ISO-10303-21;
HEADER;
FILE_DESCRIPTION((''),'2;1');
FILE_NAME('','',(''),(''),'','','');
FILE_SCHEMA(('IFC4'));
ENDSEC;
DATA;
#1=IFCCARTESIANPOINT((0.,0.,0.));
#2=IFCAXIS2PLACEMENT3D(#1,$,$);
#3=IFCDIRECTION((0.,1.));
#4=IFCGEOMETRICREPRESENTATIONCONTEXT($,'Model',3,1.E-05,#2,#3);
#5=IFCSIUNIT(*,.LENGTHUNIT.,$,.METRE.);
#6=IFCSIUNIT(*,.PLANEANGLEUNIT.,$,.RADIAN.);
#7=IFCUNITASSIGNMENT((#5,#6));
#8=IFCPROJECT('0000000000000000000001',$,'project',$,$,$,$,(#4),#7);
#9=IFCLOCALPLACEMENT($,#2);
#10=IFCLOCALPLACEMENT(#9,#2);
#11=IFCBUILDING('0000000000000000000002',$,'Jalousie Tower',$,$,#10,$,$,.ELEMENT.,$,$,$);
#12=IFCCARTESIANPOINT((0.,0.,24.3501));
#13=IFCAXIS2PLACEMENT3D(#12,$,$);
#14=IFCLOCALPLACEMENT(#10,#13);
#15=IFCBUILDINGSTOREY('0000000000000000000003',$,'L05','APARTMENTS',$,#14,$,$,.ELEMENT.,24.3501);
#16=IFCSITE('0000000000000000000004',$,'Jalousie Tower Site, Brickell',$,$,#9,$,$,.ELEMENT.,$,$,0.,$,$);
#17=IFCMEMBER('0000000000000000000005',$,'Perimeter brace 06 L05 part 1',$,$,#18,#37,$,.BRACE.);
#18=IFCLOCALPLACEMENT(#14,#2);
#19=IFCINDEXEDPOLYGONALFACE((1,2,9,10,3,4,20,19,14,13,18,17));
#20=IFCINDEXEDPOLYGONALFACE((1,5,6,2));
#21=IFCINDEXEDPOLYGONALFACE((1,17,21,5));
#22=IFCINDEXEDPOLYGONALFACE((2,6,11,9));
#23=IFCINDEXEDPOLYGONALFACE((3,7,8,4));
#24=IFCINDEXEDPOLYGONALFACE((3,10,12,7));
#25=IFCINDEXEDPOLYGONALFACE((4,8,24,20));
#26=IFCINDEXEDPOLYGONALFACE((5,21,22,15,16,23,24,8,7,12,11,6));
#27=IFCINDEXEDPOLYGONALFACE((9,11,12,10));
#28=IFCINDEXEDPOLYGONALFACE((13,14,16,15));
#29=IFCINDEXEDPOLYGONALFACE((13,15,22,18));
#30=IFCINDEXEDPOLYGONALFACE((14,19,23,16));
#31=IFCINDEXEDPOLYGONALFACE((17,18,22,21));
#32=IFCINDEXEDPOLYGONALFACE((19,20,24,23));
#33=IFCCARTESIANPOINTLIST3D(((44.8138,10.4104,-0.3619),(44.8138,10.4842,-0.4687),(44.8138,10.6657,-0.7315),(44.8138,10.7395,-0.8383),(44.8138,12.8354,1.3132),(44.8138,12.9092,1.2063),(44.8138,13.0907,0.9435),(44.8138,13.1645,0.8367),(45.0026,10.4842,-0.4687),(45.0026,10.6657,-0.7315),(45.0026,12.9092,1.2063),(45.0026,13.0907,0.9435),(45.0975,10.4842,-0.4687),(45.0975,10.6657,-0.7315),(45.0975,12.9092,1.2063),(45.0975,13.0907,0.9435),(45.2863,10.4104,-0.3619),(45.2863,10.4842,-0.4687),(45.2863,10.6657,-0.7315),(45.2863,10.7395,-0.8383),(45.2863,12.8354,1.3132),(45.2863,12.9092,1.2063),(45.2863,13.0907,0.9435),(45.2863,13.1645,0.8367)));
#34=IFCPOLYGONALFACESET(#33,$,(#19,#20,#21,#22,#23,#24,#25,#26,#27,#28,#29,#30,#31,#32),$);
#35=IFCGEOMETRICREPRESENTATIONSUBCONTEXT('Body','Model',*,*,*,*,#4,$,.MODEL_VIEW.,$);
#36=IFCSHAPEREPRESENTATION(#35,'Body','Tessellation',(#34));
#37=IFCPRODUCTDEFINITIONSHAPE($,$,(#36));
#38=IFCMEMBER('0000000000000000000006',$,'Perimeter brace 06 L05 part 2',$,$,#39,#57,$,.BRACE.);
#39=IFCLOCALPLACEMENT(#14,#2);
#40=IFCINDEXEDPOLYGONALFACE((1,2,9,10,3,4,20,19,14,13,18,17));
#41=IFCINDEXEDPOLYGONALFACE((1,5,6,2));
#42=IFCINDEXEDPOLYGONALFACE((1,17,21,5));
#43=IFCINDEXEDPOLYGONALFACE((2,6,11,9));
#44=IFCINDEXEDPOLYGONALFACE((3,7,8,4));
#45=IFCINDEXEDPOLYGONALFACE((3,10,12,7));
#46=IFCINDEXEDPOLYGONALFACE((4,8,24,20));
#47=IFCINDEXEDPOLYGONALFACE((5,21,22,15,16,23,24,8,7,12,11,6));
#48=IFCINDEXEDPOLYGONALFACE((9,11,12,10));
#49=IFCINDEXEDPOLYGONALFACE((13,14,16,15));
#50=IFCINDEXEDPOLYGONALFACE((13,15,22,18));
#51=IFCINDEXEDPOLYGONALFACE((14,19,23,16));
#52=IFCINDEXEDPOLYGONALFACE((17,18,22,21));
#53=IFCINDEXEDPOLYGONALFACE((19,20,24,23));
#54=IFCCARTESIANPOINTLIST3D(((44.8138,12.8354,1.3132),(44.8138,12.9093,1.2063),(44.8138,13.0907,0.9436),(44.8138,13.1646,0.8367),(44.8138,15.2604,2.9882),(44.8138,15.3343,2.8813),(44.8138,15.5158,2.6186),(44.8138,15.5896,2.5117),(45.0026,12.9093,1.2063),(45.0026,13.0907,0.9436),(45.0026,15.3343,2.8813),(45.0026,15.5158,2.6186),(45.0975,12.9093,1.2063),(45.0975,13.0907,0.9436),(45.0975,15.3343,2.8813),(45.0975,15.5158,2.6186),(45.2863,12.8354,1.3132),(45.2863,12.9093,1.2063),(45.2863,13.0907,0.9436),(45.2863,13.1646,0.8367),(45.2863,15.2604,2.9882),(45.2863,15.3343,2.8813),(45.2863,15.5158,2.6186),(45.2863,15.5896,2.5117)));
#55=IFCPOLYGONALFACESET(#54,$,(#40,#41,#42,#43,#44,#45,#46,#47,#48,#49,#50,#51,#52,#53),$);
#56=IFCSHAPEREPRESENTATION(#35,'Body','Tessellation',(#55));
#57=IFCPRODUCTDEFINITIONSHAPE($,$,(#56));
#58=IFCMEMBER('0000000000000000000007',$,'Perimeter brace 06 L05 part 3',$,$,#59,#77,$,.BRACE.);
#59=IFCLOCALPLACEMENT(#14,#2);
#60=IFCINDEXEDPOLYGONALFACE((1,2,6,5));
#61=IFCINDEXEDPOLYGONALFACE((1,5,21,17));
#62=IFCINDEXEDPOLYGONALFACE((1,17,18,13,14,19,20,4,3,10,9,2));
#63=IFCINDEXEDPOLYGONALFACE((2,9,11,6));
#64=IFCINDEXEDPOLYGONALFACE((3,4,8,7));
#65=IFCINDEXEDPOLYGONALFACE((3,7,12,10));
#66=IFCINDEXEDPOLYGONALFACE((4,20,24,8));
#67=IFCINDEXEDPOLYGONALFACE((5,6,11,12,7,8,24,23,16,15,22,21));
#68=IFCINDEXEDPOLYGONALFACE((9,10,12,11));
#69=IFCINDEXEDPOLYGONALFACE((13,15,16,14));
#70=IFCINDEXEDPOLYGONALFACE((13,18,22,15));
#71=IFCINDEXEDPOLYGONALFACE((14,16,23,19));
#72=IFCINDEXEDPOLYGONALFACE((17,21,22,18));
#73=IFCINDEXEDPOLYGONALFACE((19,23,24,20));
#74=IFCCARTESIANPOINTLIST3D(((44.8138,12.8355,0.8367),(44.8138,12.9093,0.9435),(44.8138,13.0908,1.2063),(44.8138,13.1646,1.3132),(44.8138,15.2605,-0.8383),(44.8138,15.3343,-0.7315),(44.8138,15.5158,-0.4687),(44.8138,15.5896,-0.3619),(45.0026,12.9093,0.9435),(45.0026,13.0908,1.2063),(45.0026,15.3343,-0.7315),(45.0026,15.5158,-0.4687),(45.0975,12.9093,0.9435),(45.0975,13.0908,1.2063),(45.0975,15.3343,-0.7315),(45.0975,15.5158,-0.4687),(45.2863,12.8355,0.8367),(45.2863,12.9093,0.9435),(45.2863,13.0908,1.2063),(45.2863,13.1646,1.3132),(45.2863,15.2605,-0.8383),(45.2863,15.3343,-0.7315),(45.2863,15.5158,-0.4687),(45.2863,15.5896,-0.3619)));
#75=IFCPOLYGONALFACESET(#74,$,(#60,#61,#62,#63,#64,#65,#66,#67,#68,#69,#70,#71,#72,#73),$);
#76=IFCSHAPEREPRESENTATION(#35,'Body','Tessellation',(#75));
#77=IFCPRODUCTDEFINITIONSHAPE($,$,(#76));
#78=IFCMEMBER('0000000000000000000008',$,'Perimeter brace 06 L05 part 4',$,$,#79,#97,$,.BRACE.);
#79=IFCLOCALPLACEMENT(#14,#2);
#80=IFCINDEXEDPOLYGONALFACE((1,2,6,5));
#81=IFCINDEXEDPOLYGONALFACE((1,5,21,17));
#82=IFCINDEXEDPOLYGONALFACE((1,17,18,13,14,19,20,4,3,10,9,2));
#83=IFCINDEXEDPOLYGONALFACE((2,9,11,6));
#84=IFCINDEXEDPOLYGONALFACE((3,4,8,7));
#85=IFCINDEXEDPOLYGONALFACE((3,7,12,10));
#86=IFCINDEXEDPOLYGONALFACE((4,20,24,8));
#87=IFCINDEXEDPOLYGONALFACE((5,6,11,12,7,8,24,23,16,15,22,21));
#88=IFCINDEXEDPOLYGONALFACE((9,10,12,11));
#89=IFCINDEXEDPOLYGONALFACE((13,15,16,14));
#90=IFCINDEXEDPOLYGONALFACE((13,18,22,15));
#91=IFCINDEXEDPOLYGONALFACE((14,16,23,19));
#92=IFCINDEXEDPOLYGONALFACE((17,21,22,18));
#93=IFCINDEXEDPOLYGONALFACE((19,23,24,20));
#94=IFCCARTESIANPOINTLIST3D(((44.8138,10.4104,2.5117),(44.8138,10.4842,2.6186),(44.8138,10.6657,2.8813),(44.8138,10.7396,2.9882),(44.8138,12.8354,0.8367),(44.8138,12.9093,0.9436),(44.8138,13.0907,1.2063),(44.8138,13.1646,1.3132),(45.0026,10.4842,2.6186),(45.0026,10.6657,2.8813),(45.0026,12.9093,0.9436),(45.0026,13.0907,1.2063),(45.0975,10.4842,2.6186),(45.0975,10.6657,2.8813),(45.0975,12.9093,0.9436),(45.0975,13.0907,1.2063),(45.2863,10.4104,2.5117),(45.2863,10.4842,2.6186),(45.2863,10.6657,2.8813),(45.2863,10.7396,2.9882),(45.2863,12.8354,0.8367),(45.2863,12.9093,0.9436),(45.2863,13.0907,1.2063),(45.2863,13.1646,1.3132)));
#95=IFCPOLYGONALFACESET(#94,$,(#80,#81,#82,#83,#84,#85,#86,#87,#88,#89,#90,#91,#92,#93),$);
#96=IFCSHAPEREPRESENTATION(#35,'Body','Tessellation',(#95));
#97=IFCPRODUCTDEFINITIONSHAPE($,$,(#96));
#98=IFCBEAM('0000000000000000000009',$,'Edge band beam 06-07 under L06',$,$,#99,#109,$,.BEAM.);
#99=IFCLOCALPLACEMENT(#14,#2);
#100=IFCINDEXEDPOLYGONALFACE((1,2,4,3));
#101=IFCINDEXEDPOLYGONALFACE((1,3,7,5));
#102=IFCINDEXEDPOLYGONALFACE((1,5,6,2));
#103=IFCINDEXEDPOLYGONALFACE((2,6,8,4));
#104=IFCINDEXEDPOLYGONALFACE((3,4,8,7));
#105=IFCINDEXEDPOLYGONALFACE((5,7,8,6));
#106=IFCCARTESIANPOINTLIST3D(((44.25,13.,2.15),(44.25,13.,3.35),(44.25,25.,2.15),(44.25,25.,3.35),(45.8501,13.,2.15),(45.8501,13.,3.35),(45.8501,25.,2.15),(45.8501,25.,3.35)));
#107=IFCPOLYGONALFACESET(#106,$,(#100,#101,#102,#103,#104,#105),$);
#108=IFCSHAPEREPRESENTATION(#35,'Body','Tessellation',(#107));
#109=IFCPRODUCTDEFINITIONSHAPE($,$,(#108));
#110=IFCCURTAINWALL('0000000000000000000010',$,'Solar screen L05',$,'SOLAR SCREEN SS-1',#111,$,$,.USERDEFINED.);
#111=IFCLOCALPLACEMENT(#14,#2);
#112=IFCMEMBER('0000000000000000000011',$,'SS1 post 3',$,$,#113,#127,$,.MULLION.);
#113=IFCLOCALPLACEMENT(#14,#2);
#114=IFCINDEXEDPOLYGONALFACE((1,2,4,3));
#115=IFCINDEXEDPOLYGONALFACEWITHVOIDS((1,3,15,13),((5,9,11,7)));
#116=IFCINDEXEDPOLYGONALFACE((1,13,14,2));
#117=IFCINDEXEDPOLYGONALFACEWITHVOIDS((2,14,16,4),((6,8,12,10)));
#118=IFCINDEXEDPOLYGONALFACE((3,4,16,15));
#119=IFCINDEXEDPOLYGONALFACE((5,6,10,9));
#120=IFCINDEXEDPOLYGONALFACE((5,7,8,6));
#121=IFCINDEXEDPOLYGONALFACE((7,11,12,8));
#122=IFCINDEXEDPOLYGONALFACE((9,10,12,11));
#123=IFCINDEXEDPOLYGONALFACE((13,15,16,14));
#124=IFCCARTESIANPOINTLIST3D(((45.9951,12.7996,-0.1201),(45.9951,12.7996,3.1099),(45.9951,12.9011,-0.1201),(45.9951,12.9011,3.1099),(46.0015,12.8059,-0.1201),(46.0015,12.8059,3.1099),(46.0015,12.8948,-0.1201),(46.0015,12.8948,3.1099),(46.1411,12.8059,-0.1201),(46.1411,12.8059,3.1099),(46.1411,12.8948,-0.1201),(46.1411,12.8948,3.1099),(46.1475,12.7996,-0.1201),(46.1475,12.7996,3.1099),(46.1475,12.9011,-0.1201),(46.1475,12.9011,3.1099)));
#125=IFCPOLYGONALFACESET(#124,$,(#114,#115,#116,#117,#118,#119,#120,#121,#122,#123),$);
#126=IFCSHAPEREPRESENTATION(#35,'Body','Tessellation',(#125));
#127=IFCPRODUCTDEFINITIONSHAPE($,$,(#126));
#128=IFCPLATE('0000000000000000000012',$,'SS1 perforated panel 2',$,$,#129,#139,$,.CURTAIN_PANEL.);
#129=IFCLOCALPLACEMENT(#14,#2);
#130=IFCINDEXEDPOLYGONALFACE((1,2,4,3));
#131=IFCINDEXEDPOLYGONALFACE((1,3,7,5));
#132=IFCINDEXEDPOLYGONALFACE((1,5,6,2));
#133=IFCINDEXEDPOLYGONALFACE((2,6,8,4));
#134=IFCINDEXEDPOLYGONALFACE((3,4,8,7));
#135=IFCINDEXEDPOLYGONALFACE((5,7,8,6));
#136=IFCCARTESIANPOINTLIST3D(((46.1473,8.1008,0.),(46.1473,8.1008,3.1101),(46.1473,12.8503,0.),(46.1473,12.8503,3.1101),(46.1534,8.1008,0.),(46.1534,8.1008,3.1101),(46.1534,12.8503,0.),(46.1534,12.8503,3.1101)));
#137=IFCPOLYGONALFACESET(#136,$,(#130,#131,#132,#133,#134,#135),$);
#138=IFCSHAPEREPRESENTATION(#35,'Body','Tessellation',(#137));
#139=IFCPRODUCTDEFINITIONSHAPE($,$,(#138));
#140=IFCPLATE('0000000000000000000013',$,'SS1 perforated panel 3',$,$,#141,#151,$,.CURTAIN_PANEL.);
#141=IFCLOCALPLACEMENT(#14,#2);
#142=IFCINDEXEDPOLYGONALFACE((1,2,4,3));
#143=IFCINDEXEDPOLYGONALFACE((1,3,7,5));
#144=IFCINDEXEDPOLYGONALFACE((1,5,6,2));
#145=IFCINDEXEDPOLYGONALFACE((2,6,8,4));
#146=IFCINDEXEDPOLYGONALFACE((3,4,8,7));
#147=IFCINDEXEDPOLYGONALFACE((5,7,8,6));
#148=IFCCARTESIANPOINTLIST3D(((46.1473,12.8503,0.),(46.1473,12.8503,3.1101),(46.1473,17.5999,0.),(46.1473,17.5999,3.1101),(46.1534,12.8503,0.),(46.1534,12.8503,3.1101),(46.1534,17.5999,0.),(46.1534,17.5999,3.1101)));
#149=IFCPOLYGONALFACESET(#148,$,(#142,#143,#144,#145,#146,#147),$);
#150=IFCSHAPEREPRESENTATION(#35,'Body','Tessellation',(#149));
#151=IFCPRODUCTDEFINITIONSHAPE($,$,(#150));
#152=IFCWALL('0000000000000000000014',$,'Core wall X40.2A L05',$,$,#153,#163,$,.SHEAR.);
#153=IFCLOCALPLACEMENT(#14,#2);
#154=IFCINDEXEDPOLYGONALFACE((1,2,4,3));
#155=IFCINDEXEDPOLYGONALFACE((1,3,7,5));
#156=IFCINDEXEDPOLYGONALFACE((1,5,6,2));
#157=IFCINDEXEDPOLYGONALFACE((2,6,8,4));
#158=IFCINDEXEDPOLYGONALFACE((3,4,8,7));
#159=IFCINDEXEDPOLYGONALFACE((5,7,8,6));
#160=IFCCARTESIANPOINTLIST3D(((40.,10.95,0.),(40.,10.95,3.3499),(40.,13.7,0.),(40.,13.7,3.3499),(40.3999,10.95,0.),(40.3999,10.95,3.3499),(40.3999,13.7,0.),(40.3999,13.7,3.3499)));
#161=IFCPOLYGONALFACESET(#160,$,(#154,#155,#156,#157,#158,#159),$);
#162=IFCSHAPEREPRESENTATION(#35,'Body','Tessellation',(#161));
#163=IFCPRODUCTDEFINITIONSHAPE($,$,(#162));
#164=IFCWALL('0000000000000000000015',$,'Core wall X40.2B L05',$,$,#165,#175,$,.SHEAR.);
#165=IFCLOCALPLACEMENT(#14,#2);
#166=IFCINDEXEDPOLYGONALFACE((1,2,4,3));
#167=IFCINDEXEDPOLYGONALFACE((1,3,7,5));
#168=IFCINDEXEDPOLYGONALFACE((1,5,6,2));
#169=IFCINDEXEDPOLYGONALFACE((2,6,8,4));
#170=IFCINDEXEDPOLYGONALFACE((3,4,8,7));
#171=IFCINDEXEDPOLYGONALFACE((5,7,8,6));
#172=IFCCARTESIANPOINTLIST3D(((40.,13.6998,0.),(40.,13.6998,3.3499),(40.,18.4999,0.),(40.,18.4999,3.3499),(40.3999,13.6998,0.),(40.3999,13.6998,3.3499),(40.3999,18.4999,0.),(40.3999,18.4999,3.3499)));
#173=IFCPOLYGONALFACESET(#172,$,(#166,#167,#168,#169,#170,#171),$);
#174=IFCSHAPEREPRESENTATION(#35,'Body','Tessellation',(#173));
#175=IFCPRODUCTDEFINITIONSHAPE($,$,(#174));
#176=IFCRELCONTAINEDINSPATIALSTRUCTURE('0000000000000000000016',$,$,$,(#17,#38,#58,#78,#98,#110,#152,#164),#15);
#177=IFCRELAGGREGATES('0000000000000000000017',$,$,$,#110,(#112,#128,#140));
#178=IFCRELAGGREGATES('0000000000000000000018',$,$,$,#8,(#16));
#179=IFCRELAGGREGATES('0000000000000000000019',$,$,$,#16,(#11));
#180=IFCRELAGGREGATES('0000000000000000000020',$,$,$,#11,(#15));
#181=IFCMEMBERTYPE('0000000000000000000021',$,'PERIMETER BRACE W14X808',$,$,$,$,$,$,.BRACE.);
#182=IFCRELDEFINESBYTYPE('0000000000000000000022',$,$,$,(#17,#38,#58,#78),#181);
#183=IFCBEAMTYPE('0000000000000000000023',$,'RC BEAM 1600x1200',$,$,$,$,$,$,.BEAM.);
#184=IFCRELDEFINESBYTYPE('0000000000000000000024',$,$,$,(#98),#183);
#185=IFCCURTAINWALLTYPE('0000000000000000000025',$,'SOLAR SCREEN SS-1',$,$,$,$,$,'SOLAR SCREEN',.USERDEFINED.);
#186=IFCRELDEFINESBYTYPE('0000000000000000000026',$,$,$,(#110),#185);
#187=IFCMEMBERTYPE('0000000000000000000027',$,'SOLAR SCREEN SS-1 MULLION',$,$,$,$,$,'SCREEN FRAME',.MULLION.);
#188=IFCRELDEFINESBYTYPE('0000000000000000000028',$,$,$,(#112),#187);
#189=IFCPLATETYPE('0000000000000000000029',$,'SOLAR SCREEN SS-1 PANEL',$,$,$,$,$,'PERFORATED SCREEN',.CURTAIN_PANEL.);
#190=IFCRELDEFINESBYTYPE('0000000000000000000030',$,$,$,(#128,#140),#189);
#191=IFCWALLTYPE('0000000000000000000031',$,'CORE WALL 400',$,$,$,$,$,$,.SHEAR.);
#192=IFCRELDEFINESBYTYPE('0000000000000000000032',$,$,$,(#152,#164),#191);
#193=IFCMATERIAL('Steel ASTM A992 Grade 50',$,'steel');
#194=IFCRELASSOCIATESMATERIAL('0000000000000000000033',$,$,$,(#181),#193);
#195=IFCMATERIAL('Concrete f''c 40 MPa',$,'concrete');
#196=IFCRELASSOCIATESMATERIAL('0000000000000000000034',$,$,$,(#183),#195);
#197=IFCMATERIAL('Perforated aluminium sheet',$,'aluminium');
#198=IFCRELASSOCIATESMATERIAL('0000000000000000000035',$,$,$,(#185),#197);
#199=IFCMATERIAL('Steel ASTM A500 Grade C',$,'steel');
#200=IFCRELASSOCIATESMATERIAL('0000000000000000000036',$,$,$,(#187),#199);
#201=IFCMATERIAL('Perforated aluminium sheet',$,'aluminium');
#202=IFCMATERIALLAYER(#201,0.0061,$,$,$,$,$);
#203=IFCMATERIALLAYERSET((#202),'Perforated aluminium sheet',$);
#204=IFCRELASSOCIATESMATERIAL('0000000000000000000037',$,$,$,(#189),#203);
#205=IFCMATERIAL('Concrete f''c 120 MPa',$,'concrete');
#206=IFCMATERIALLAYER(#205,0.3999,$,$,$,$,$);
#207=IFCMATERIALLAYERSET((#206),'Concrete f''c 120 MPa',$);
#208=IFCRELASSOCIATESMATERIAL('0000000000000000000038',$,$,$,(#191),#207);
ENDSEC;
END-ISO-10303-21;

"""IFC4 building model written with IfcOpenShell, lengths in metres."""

from ifc_helpers import new_model, si_unit, direction, frame, frame_2d, origin, origin_2d, place, context, subcontext, project, spatial, rectangle, hollow_rectangle, i_section, extrude, material, layer, layer_set, material_profile, profile_set, type_object, element, aggregate, save


model = new_model("IFC4")

# Units and contexts
model_context = context("Model", 3, precision=1e-05, world=origin(), true_north=direction((0.0, 1.0)))
body_context = subcontext(model_context, "Body", "Model", "MODEL_VIEW")
ifc_project = project(units=[si_unit("LENGTHUNIT", "METRE"), si_unit("PLANEANGLEUNIT", "RADIAN")], contexts=[model_context])

# Site, building, storey
site_placement = place(None, origin())
site = spatial("IfcSite", under=ifc_project, at=site_placement, Name="Jalousie Tower Site, Brickell", CompositionType="ELEMENT", RefElevation=0.0)
building_placement = place(site_placement, origin())
building = spatial("IfcBuilding", under=site, at=building_placement, Name="Jalousie Tower", CompositionType="ELEMENT")
storey_placement = place(building_placement, frame((0.0, 0.0, 24.3501)))
storey = spatial("IfcBuildingStorey", under=building, at=storey_placement, Name="L05", Description="APARTMENTS", CompositionType="ELEMENT", Elevation=24.3501)

# Members
ifc_material_1 = material(Name="Steel ASTM A992 Grade 50", Category="steel")
ifc_material_profile_1 = material_profile(ifc_material_1, i_section(OverallWidth=0.4724, OverallDepth=0.5791, WebThickness=0.095, FlangeThickness=0.1299, at=origin_2d()), Name="W14X808")
ifc_profile_set_1 = profile_set([ifc_material_profile_1], Name="Steel ASTM A992 Grade 50")
member_type_1 = type_object("IfcMemberType", Name="PERIMETER BRACE W14X808", PredefinedType="BRACE", material=ifc_profile_set_1)
for number, where, z_axis, x_axis, name in (
    (1, (45.05, 10.575, -0.6001), (0.0, 0.8228, 0.568331), (-1.0, 0.0, 0.0), "Perimeter brace 06 L05 part 1"),
    (2, (45.05, 13.0, 1.075), (0.0, 0.8228, 0.568331), (-1.0, 0.0, 0.0), "Perimeter brace 06 L05 part 2"),
    (3, (45.05, 15.425, -0.6001), (0.0, -0.8228, 0.568331), (1.0, 0.0, 0.0), "Perimeter brace 06 L05 part 3"),
    (4, (45.05, 13.0, 1.075), (0.0, -0.8228, 0.568331), (1.0, 0.0, 0.0), "Perimeter brace 06 L05 part 4"),
):
    element("IfcMember", number, at=place(storey_placement, frame(where, z_axis=z_axis, x_axis=x_axis)), inside=storey, type_object=member_type_1, Name=name, PredefinedType="BRACE", context=body_context, shape_type="SweptSolid", body=[
        extrude(i_section(OverallWidth=0.4724, OverallDepth=0.5791, WebThickness=0.095, FlangeThickness=0.1299, at=origin_2d()), origin(), (0.0, 0.0, 1.0), 2.9473),
    ])

# Beam
ifc_material_2 = material(Name="Concrete f'c 40 MPa", Category="concrete")
ifc_material_profile_2 = material_profile(ifc_material_2, rectangle(XDim=1.6001, YDim=1.2, at=origin_2d()), Name="RC 1600x1200")
ifc_profile_set_2 = profile_set([ifc_material_profile_2], Name="Concrete f'c 40 MPa")
beam_type = type_object("IfcBeamType", Name="RC BEAM 1600x1200", PredefinedType="BEAM", material=ifc_profile_set_2)
beam_placement = place(storey_placement, frame((45.05, 13.0, 2.75), z_axis=(0.0, 1.0, 0.0), x_axis=(-1.0, 0.0, 0.0)))
element("IfcBeam", 5, at=beam_placement, inside=storey, type_object=beam_type, Name="Edge band beam 06-07 under L06", PredefinedType="BEAM", context=body_context, shape_type="SweptSolid", body=[
    extrude(rectangle(XDim=1.6001, YDim=1.2, at=origin_2d()), origin(), (0.0, 0.0, 1.0), 12.0),
])

# Curtain wall, member, plates
ifc_material_3 = material(Name="Perforated aluminium sheet", Category="aluminium")
curtain_wall_type = type_object("IfcCurtainWallType", Name="SOLAR SCREEN SS-1", ElementType="SOLAR SCREEN", PredefinedType="USERDEFINED", material=ifc_material_3)
curtain_wall_placement = place(storey_placement, origin())
curtain_wall = element("IfcCurtainWall", 6, at=curtain_wall_placement, inside=storey, type_object=curtain_wall_type, Name="Solar screen L05", ObjectType="SOLAR SCREEN SS-1", PredefinedType="USERDEFINED")
ifc_material_4 = material(Name="Steel ASTM A500 Grade C", Category="steel")
ifc_material_profile_3 = material_profile(ifc_material_4, hollow_rectangle(XDim=0.1016, YDim=0.1523, WallThickness=0.0063, at=origin_2d()), Name="HSS6X4X1/4")
ifc_profile_set_3 = profile_set([ifc_material_profile_3], Name="Steel ASTM A500 Grade C")
member_type_2 = type_object("IfcMemberType", Name="SOLAR SCREEN SS-1 MULLION", ElementType="SCREEN FRAME", PredefinedType="MULLION", material=ifc_profile_set_3)
member_placement = place(storey_placement, frame((46.0713, 12.8503, -0.1201), z_axis=(0.0, 0.0, 1.0), x_axis=(0.0, 1.0, 0.0)))
member = element("IfcMember", 7, at=member_placement, type_object=member_type_2, Name="SS1 post 3", PredefinedType="MULLION", context=body_context, shape_type="SweptSolid", body=[
    extrude(hollow_rectangle(XDim=0.1016, YDim=0.1523, WallThickness=0.0063, at=origin_2d()), origin(), (0.0, 0.0, 1.0), 3.23),
])
ifc_material_5 = material(Name="Perforated aluminium sheet", Category="aluminium")
ifc_layer_1 = layer(ifc_material_5, 0.0061)
ifc_layer_set_1 = layer_set([ifc_layer_1], Name="Perforated aluminium sheet")
plate_type = type_object("IfcPlateType", Name="SOLAR SCREEN SS-1 PANEL", ElementType="PERFORATED SCREEN", PredefinedType="CURTAIN_PANEL", material=ifc_layer_set_1)
plate_1_placement = place(storey_placement, frame((46.1504, 10.4756, 0.0), z_axis=(0.0, 0.0, 1.0), x_axis=(0.0, 1.0, 0.0)))
plate_1 = element("IfcPlate", 8, at=plate_1_placement, type_object=plate_type, Name="SS1 perforated panel 2", PredefinedType="CURTAIN_PANEL", context=body_context, shape_type="SweptSolid", body=[
    extrude(rectangle(XDim=4.7495, YDim=0.0061, at=origin_2d()), origin(), (0.0, 0.0, 1.0), 3.1101),
])
plate_2_placement = place(storey_placement, frame((46.1504, 15.2251, 0.0), z_axis=(0.0, 0.0, 1.0), x_axis=(0.0, 1.0, 0.0)))
plate_2 = element("IfcPlate", 9, at=plate_2_placement, type_object=plate_type, Name="SS1 perforated panel 3", PredefinedType="CURTAIN_PANEL", context=body_context, shape_type="SweptSolid", body=[
    extrude(rectangle(XDim=4.7495, YDim=0.0061, at=origin_2d()), origin(), (0.0, 0.0, 1.0), 3.1101),
])
aggregate(curtain_wall, [member, plate_1, plate_2])

# Walls
ifc_material_6 = material(Name="Concrete f'c 120 MPa", Category="concrete")
ifc_layer_2 = layer(ifc_material_6, 0.3999)
ifc_layer_set_2 = layer_set([ifc_layer_2], Name="Concrete f'c 120 MPa")
wall_type_1 = type_object("IfcWallType", Name="CORE WALL 400", PredefinedType="SHEAR", material=ifc_layer_set_2)
wall_1_placement = place(storey_placement, frame((40.2, 10.95, 0.0), z_axis=(0.0, 0.0, 1.0), x_axis=(0.0, 1.0, 0.0)))
element("IfcWall", 10, at=wall_1_placement, inside=storey, type_object=wall_type_1, Name="Core wall X40.2A L05", PredefinedType="SHEAR", context=body_context, shape_type="SweptSolid", body=[
    extrude(rectangle(XDim=2.75, YDim=0.3999, at=frame_2d((1.375, 0.0))), origin(), (0.0, 0.0, 1.0), 3.3499),
])
wall_2_placement = place(storey_placement, frame((40.2, 13.7, 0.0), z_axis=(0.0, 0.0, 1.0), x_axis=(0.0, 1.0, 0.0)))
element("IfcWall", 11, at=wall_2_placement, inside=storey, type_object=wall_type_1, Name="Core wall X40.2B L05", PredefinedType="SHEAR", context=body_context, shape_type="SweptSolid", body=[
    extrude(rectangle(XDim=4.8, YDim=0.3999, at=frame_2d((2.3999, 0.0))), origin(), (0.0, 0.0, 1.0), 3.3499),
])

save(model, "model.ifc")
